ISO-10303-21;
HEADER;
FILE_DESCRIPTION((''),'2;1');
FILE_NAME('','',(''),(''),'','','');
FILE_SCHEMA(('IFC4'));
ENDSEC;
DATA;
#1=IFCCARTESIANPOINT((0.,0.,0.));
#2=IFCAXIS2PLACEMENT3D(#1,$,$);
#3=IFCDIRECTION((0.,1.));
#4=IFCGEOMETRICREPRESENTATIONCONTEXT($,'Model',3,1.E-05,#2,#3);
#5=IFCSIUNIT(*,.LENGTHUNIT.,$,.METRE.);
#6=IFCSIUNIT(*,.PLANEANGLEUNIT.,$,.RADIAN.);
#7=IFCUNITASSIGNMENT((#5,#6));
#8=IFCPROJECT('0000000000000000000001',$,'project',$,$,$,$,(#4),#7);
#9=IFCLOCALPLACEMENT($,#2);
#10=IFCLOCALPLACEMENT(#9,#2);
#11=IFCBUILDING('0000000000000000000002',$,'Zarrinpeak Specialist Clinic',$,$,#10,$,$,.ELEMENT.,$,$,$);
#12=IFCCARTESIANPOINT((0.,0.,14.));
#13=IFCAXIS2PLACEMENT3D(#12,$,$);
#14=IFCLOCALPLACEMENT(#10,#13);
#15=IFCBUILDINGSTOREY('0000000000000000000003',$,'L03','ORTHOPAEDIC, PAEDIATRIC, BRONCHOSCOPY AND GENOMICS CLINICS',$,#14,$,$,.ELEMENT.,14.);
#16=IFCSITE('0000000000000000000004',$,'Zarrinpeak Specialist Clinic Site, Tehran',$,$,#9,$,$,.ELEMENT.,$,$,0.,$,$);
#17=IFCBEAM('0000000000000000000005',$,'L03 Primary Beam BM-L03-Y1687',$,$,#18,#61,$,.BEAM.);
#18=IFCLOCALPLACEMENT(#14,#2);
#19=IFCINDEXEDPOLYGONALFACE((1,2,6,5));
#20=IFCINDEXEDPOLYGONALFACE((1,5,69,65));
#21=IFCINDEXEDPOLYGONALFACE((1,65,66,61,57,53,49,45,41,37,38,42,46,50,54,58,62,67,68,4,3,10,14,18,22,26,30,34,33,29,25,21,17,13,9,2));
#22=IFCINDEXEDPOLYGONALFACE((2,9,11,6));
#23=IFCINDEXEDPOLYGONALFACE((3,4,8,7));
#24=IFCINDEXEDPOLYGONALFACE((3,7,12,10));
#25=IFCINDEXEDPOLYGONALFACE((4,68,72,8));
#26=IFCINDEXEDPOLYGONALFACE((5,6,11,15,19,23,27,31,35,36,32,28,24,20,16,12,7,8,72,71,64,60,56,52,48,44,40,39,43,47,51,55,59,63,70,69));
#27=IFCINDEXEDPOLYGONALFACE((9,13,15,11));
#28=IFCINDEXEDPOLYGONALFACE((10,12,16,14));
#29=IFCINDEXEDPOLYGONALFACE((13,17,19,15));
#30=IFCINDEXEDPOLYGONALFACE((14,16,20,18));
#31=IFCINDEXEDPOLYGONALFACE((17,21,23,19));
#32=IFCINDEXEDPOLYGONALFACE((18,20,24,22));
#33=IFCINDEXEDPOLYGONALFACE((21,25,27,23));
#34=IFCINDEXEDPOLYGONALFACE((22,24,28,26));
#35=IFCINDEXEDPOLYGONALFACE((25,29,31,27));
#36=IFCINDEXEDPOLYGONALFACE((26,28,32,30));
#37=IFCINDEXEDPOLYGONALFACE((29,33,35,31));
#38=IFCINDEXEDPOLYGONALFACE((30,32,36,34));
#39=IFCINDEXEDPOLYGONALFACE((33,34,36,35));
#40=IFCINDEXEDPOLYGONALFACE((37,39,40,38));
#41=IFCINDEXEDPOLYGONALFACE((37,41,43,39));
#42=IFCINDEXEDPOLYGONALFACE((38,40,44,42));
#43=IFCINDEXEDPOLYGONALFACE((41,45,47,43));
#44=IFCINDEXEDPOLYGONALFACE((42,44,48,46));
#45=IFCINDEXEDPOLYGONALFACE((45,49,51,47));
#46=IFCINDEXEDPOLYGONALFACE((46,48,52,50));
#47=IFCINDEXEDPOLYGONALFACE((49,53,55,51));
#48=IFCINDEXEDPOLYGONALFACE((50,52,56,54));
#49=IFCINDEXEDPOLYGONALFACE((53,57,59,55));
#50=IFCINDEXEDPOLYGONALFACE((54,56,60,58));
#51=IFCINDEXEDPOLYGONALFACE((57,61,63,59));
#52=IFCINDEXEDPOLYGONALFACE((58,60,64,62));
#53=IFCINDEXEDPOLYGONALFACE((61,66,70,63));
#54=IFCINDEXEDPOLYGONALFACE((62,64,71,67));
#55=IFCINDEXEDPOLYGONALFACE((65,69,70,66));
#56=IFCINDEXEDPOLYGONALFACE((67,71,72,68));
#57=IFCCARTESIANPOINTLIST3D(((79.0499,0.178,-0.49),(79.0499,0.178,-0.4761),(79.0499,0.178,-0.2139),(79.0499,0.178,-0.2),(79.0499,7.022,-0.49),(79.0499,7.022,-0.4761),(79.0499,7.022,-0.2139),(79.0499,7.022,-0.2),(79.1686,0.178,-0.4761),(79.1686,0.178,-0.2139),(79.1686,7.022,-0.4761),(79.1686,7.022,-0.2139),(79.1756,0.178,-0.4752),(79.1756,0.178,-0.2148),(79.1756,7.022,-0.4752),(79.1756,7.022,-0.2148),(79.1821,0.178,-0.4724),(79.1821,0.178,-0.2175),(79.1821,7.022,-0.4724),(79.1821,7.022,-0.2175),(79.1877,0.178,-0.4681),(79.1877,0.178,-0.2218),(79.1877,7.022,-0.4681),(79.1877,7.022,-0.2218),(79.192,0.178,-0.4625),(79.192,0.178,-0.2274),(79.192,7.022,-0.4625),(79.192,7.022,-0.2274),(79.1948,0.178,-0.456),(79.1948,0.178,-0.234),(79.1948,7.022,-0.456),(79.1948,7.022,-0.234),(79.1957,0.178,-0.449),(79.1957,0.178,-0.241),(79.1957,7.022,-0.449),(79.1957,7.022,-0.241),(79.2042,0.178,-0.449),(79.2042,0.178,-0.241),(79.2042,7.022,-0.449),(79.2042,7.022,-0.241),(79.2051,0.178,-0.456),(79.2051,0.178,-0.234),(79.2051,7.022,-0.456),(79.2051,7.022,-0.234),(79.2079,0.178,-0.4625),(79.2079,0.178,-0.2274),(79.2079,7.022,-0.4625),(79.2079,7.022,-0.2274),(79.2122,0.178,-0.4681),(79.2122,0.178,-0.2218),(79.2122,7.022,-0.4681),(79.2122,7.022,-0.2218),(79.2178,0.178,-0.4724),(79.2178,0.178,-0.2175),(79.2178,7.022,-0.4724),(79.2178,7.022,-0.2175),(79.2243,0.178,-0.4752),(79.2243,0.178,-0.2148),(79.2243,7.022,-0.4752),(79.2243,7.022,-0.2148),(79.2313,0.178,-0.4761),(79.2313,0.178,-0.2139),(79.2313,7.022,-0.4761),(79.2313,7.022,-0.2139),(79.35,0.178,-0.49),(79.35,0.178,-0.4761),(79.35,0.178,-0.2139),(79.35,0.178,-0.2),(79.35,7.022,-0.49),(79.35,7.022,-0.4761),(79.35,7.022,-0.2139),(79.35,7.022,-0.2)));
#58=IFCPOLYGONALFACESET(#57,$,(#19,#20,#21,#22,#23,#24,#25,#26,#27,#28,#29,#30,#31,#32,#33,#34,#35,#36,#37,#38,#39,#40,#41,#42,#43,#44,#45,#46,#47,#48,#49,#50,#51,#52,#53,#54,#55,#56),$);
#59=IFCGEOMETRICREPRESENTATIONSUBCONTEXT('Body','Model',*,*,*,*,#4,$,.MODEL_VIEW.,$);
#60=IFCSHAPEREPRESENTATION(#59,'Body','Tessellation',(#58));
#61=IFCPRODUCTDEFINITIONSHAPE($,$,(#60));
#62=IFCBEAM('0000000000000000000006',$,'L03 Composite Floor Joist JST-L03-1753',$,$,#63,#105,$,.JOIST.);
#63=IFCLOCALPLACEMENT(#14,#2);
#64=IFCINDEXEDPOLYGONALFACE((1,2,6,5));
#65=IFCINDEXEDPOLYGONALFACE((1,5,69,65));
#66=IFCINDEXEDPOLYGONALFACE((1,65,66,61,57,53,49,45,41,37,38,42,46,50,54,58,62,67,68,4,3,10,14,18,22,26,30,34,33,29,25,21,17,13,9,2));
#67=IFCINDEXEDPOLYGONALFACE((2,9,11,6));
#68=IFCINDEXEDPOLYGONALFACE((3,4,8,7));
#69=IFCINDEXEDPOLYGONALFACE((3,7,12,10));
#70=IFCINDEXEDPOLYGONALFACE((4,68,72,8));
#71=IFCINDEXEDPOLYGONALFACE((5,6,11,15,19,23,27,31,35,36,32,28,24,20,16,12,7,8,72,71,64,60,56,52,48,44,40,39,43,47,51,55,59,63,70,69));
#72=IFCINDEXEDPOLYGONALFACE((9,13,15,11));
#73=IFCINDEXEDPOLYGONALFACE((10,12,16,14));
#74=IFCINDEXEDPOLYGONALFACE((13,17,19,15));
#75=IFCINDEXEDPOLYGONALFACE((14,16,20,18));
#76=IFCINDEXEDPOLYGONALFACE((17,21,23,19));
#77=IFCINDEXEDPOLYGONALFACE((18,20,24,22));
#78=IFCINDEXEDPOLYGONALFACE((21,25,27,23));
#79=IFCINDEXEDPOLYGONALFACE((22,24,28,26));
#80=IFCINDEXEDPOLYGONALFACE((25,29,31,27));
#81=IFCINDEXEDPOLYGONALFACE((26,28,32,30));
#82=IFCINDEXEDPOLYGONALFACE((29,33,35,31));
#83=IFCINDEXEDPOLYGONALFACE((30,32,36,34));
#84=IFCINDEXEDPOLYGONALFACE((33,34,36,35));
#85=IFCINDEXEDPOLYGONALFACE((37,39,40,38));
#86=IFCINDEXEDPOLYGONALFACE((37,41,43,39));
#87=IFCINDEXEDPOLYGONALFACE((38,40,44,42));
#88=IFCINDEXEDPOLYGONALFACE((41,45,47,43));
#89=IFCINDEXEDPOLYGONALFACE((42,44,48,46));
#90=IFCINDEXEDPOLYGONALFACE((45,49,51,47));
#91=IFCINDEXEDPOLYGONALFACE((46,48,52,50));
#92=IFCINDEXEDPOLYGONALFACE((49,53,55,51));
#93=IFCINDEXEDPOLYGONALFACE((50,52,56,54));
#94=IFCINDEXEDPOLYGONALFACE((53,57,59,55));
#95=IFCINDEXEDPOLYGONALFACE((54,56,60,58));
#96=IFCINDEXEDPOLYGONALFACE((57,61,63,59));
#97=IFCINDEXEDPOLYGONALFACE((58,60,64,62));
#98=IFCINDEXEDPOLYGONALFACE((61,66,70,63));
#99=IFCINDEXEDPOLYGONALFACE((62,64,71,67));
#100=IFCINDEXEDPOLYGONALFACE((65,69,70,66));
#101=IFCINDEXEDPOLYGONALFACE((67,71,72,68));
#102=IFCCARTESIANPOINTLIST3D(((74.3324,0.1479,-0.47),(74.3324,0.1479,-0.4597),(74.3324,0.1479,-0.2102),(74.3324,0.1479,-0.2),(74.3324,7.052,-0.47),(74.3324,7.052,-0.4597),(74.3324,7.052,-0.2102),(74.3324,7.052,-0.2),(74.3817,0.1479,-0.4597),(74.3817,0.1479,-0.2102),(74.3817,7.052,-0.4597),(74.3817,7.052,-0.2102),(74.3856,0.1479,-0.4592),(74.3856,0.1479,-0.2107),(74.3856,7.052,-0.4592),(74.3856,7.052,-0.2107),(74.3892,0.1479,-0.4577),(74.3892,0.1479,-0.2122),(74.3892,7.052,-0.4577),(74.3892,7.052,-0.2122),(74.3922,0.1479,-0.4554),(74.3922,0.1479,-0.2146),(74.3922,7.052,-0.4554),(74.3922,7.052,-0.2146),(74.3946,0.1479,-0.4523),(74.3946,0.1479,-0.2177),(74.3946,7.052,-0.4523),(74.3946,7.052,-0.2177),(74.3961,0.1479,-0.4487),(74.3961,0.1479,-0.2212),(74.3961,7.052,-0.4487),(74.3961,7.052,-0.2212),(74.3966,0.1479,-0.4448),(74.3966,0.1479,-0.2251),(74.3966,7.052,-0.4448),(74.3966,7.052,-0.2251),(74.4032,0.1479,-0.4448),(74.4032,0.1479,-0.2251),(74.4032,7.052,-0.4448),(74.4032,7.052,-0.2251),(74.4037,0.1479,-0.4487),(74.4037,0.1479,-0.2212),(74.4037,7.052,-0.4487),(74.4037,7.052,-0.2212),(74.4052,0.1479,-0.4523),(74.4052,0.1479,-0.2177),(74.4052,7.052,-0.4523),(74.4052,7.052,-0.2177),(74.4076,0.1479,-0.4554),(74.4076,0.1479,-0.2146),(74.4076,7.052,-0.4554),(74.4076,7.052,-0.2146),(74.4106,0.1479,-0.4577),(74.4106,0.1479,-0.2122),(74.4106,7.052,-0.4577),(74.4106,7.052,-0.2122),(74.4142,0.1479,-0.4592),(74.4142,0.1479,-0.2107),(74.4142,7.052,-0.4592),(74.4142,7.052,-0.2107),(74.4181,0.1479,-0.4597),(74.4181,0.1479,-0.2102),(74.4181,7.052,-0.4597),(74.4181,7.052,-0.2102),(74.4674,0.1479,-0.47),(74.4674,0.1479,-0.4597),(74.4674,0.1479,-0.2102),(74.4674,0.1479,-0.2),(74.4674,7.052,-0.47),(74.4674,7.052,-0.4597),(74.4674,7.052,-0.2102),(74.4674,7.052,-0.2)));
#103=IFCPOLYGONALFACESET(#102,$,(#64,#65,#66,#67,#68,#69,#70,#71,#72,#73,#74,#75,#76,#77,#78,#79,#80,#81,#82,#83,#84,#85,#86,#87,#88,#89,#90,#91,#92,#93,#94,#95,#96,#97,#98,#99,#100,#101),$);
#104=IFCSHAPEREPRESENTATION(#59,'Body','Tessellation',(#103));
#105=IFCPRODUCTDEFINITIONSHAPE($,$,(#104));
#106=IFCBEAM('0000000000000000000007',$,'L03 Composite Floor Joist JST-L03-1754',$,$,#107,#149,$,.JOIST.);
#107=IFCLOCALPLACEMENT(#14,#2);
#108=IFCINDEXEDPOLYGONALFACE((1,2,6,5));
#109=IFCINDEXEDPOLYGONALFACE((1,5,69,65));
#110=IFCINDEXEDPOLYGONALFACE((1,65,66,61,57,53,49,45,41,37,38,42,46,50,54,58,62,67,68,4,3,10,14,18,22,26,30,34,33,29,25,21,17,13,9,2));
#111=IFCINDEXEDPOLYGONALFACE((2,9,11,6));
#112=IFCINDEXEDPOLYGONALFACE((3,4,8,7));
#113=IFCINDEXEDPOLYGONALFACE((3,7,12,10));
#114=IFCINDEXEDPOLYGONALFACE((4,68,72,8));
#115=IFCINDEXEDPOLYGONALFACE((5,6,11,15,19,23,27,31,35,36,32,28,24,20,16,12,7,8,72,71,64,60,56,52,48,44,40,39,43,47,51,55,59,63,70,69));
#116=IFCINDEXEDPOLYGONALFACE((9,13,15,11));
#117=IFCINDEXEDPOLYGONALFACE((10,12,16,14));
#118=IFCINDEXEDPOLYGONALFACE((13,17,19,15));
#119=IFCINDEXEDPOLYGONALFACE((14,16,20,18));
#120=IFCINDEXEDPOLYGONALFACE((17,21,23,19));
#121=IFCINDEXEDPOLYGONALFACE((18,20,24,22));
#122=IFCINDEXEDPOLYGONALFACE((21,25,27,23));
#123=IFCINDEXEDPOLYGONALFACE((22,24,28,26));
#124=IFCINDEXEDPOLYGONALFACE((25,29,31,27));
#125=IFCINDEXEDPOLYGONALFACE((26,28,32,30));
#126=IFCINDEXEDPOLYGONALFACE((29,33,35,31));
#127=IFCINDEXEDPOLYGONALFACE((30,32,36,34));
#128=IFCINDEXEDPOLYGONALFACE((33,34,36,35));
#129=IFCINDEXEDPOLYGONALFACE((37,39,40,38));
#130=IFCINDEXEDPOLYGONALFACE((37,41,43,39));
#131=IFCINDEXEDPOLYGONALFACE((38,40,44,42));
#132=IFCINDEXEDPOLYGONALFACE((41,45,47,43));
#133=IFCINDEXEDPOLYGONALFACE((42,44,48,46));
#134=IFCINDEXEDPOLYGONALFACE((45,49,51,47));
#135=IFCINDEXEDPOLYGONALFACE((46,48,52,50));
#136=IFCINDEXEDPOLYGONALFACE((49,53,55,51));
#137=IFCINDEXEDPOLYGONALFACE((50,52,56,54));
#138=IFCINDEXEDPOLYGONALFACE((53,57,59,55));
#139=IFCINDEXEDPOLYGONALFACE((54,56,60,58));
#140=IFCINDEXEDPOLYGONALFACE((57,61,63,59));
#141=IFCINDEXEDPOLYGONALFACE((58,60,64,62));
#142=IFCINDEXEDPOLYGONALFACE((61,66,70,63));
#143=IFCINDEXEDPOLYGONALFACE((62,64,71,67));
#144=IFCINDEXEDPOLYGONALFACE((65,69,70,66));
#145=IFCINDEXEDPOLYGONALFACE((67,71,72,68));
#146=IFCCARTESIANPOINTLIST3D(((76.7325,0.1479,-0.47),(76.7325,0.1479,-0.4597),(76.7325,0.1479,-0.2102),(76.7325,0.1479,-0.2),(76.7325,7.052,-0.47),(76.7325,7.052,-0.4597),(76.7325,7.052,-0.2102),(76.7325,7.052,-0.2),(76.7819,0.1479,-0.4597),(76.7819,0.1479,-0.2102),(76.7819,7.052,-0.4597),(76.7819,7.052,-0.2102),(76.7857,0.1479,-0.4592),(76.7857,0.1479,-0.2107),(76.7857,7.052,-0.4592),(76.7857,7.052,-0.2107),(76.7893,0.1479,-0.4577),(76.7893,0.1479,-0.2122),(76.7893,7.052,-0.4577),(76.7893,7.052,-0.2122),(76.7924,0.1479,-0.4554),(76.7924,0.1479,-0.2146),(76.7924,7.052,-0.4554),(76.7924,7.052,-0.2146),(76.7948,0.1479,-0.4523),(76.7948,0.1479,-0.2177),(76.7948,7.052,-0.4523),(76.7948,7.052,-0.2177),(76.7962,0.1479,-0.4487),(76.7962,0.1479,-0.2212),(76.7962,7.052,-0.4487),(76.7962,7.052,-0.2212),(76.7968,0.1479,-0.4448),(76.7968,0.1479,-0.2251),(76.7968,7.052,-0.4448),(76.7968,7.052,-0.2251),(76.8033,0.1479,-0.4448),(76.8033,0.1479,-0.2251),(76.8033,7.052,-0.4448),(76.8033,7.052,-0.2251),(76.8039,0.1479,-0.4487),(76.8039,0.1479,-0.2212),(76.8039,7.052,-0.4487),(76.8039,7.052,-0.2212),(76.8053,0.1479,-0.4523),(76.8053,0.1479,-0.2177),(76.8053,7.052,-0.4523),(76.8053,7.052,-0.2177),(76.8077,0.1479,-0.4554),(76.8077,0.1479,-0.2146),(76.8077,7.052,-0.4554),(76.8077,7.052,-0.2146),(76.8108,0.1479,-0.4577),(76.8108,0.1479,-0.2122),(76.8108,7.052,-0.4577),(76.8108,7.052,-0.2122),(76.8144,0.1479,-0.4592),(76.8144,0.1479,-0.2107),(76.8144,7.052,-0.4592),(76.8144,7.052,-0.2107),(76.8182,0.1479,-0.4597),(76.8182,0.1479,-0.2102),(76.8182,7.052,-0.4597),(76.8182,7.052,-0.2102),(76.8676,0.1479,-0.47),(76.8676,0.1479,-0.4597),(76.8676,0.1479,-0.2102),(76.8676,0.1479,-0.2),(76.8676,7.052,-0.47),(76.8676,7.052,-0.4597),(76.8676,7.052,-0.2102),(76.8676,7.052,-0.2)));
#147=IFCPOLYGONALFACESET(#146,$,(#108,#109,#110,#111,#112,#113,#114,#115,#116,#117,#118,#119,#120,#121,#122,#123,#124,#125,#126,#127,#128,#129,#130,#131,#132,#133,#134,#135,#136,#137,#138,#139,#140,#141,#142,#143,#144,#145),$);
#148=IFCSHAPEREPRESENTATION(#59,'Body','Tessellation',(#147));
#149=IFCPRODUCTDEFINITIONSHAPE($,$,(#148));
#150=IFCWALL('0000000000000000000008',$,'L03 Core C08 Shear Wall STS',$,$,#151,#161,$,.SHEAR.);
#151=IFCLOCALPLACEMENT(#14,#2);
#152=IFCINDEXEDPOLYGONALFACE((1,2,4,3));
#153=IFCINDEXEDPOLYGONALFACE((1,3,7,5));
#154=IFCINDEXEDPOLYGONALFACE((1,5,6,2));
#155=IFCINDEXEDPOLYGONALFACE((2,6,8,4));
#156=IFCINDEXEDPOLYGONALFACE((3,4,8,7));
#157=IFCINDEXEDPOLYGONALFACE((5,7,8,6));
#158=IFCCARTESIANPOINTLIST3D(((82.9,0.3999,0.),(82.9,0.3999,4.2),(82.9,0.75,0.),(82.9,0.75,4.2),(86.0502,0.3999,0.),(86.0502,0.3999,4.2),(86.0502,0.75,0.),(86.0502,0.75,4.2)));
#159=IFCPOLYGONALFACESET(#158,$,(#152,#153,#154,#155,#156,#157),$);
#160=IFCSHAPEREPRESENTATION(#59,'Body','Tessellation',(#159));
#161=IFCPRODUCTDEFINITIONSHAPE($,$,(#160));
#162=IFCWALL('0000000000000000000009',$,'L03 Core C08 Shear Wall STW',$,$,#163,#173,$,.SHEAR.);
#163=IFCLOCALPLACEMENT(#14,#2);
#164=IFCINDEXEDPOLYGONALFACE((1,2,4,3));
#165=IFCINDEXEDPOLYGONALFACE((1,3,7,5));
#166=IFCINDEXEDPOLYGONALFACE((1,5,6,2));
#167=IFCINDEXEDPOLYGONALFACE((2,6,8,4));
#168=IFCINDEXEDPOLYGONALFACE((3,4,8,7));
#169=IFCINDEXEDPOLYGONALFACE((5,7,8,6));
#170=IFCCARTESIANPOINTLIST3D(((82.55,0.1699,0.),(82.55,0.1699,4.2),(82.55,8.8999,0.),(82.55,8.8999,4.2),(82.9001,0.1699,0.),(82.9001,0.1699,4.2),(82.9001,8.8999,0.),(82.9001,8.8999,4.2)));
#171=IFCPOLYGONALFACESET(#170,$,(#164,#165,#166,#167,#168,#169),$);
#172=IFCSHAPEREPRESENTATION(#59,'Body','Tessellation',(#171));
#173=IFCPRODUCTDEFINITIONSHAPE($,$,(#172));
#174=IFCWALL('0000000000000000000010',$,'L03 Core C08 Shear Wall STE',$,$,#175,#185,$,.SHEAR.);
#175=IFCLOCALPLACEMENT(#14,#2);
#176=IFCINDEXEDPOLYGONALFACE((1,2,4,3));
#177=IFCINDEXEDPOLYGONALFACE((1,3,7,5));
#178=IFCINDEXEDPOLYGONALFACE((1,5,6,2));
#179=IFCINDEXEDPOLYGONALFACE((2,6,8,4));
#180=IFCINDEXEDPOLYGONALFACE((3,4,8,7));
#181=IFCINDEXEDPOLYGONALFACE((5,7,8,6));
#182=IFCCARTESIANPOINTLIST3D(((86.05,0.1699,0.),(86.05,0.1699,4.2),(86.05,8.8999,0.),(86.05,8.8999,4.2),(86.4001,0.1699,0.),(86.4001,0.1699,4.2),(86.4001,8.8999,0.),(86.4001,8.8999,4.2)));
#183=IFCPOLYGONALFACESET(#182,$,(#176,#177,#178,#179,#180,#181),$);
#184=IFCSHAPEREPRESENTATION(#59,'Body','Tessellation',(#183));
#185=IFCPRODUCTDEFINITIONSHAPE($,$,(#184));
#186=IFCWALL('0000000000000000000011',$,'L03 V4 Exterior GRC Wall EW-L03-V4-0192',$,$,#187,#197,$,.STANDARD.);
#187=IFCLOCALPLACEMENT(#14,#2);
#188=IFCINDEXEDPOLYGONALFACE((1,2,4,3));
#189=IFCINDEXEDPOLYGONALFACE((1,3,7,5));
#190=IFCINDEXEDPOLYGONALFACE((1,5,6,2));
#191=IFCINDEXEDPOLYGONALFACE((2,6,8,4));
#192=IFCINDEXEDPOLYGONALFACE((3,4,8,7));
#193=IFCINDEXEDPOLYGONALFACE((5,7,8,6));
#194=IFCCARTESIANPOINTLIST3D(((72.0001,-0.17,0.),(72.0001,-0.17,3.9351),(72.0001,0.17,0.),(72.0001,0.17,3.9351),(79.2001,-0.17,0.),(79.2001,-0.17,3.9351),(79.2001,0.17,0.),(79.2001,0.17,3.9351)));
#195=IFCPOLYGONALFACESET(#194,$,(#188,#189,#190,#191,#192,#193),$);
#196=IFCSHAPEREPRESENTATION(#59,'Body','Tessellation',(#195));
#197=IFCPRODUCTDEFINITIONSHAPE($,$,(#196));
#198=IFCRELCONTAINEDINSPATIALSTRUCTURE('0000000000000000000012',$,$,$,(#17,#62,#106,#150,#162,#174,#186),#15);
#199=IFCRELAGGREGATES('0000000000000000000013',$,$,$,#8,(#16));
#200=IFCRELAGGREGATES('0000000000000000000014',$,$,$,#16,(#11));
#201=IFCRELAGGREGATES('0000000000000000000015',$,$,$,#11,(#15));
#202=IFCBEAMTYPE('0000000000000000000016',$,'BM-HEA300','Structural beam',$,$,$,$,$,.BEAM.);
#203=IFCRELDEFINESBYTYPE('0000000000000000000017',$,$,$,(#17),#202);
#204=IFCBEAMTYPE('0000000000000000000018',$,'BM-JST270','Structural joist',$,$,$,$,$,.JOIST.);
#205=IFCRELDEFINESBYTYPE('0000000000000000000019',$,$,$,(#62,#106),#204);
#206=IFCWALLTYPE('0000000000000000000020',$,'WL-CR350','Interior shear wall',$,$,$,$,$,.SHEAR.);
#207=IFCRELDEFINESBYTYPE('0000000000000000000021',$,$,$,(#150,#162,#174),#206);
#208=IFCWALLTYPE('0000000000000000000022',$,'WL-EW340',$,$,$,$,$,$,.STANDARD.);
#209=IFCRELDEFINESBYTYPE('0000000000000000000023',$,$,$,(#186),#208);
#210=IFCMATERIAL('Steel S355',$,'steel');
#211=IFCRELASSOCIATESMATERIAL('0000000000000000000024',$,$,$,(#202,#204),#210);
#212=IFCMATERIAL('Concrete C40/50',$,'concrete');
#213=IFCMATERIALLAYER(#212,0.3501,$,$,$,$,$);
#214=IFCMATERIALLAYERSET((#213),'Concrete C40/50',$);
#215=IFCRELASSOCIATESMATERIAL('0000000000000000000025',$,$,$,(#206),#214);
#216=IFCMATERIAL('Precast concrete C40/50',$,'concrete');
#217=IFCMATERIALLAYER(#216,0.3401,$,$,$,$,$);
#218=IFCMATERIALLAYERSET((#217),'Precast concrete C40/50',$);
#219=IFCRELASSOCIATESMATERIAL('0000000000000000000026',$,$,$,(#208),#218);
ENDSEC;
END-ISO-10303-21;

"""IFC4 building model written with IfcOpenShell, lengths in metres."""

from ifc_helpers import new_model, si_unit, direction, frame, frame_2d, origin, origin_2d, place, context, subcontext, project, spatial, rectangle, i_section, extrude, material, layer, layer_set, material_profile, profile_set, type_object, element, save


model = new_model("IFC4")

# Units and contexts
model_context = context("Model", 3, precision=1e-05, world=origin(), true_north=direction((0.0, 1.0)))
body_context = subcontext(model_context, "Body", "Model", "MODEL_VIEW")
ifc_project = project(units=[si_unit("LENGTHUNIT", "METRE"), si_unit("PLANEANGLEUNIT", "RADIAN")], contexts=[model_context])

# Site, building, storey
site_placement = place(None, origin())
site = spatial("IfcSite", under=ifc_project, at=site_placement, Name="Zarrinpeak Specialist Clinic Site, Tehran", CompositionType="ELEMENT", RefElevation=0.0)
building_placement = place(site_placement, origin())
building = spatial("IfcBuilding", under=site, at=building_placement, Name="Zarrinpeak Specialist Clinic", CompositionType="ELEMENT")
storey_placement = place(building_placement, frame((0.0, 0.0, 14.0)))
storey = spatial("IfcBuildingStorey", under=building, at=storey_placement, Name="L03", Description="ORTHOPAEDIC, PAEDIATRIC, BRONCHOSCOPY AND GENOMICS CLINICS", CompositionType="ELEMENT", Elevation=14.0)

# Shared definitions
ifc_material_1 = material(Name="Steel S355", Category="steel")

# Beams
ifc_material_profile_1 = material_profile(ifc_material_1, i_section(OverallWidth=0.3, OverallDepth=0.29, WebThickness=0.0085, FlangeThickness=0.0139, FilletRadius=0.0271, at=origin_2d()), Name="HEA 300")
ifc_profile_set_1 = profile_set([ifc_material_profile_1], Name="Steel S355")
beam_type_1 = type_object("IfcBeamType", Name="BM-HEA300", Description="Structural beam", PredefinedType="BEAM", material=ifc_profile_set_1)
for number, where, z_axis, x_axis, name in (
    (1, (79.2, 0.178, -0.345), (0.0, 1.0, 0.0), (-1.0, 0.0, 0.0), "L03 Primary Beam BM-L03-Y1687"),
):
    element("IfcBeam", number, at=place(storey_placement, frame(where, z_axis=z_axis, x_axis=x_axis)), inside=storey, type_object=beam_type_1, Name=name, PredefinedType="BEAM", context=body_context, shape_type="SweptSolid", body=[
        extrude(i_section(OverallWidth=0.3, OverallDepth=0.29, WebThickness=0.0085, FlangeThickness=0.0139, FilletRadius=0.0271, at=origin_2d()), origin(), (0.0, 0.0, 1.0), 6.844),
    ])
ifc_material_profile_2 = material_profile(ifc_material_1, i_section(OverallWidth=0.135, OverallDepth=0.27, WebThickness=0.0066, FlangeThickness=0.0103, FilletRadius=0.0149, at=origin_2d()), Name="IPE 270")
ifc_profile_set_2 = profile_set([ifc_material_profile_2], Name="Steel S355")
beam_type_2 = type_object("IfcBeamType", Name="BM-JST270", Description="Structural joist", PredefinedType="JOIST", material=ifc_profile_set_2)
for number, where, z_axis, x_axis, name in (
    (2, (74.3999, 0.1479, -0.335), (0.0, 1.0, 0.0), (-1.0, 0.0, 0.0), "L03 Composite Floor Joist JST-L03-1753"),
    (3, (76.8, 0.1479, -0.335), (0.0, 1.0, 0.0), (-1.0, 0.0, 0.0), "L03 Composite Floor Joist JST-L03-1754"),
):
    element("IfcBeam", number, at=place(storey_placement, frame(where, z_axis=z_axis, x_axis=x_axis)), inside=storey, type_object=beam_type_2, Name=name, PredefinedType="JOIST", context=body_context, shape_type="SweptSolid", body=[
        extrude(i_section(OverallWidth=0.135, OverallDepth=0.27, WebThickness=0.0066, FlangeThickness=0.0103, FilletRadius=0.0149, at=origin_2d()), origin(), (0.0, 0.0, 1.0), 6.9041),
    ])

# Walls
ifc_material_2 = material(Name="Concrete C40/50", Category="concrete")
ifc_layer_1 = layer(ifc_material_2, 0.3501)
ifc_layer_set_1 = layer_set([ifc_layer_1], Name="Concrete C40/50")
wall_type_1 = type_object("IfcWallType", Name="WL-CR350", Description="Interior shear wall", PredefinedType="SHEAR", material=ifc_layer_set_1)
wall_1_placement = place(storey_placement, frame((82.8999, 0.575, 0.0), z_axis=(0.0, 0.0, 1.0), x_axis=(1.0, 0.0, 0.0)))
element("IfcWall", 4, at=wall_1_placement, inside=storey, type_object=wall_type_1, Name="L03 Core C08 Shear Wall STS", PredefinedType="SHEAR", context=body_context, shape_type="SweptSolid", body=[
    extrude(rectangle(XDim=3.1501, YDim=0.3501, at=frame_2d((1.5752, 0.0))), origin(), (0.0, 0.0, 1.0), 4.2),
])
for number, where, z_axis, x_axis, name in (
    (5, (82.7251, 0.1699, 0.0), (0.0, 0.0, 1.0), (0.0, 1.0, 0.0), "L03 Core C08 Shear Wall STW"),
    (6, (86.2251, 0.1699, 0.0), (0.0, 0.0, 1.0), (0.0, 1.0, 0.0), "L03 Core C08 Shear Wall STE"),
):
    element("IfcWall", number, at=place(storey_placement, frame(where, z_axis=z_axis, x_axis=x_axis)), inside=storey, type_object=wall_type_1, Name=name, PredefinedType="SHEAR", context=body_context, shape_type="SweptSolid", body=[
        extrude(rectangle(XDim=8.73, YDim=0.3501, at=frame_2d((4.365, 0.0))), origin(), (0.0, 0.0, 1.0), 4.2),
    ])
ifc_material_3 = material(Name="Precast concrete C40/50", Category="concrete")
ifc_layer_2 = layer(ifc_material_3, 0.3401)
ifc_layer_set_2 = layer_set([ifc_layer_2], Name="Precast concrete C40/50")
wall_type_2 = type_object("IfcWallType", Name="WL-EW340", PredefinedType="STANDARD", material=ifc_layer_set_2)
wall_2_placement = place(storey_placement, frame((72.0, 0.0, 0.0), z_axis=(0.0, 0.0, 1.0), x_axis=(1.0, 0.0, 0.0)))
element("IfcWall", 7, at=wall_2_placement, inside=storey, type_object=wall_type_2, Name="L03 V4 Exterior GRC Wall EW-L03-V4-0192", PredefinedType="STANDARD", context=body_context, shape_type="SweptSolid", body=[
    extrude(rectangle(XDim=7.2, YDim=0.3401, at=frame_2d((3.6001, 0.0))), origin(), (0.0, 0.0, 1.0), 3.9351),
])

save(model, "model.ifc")
